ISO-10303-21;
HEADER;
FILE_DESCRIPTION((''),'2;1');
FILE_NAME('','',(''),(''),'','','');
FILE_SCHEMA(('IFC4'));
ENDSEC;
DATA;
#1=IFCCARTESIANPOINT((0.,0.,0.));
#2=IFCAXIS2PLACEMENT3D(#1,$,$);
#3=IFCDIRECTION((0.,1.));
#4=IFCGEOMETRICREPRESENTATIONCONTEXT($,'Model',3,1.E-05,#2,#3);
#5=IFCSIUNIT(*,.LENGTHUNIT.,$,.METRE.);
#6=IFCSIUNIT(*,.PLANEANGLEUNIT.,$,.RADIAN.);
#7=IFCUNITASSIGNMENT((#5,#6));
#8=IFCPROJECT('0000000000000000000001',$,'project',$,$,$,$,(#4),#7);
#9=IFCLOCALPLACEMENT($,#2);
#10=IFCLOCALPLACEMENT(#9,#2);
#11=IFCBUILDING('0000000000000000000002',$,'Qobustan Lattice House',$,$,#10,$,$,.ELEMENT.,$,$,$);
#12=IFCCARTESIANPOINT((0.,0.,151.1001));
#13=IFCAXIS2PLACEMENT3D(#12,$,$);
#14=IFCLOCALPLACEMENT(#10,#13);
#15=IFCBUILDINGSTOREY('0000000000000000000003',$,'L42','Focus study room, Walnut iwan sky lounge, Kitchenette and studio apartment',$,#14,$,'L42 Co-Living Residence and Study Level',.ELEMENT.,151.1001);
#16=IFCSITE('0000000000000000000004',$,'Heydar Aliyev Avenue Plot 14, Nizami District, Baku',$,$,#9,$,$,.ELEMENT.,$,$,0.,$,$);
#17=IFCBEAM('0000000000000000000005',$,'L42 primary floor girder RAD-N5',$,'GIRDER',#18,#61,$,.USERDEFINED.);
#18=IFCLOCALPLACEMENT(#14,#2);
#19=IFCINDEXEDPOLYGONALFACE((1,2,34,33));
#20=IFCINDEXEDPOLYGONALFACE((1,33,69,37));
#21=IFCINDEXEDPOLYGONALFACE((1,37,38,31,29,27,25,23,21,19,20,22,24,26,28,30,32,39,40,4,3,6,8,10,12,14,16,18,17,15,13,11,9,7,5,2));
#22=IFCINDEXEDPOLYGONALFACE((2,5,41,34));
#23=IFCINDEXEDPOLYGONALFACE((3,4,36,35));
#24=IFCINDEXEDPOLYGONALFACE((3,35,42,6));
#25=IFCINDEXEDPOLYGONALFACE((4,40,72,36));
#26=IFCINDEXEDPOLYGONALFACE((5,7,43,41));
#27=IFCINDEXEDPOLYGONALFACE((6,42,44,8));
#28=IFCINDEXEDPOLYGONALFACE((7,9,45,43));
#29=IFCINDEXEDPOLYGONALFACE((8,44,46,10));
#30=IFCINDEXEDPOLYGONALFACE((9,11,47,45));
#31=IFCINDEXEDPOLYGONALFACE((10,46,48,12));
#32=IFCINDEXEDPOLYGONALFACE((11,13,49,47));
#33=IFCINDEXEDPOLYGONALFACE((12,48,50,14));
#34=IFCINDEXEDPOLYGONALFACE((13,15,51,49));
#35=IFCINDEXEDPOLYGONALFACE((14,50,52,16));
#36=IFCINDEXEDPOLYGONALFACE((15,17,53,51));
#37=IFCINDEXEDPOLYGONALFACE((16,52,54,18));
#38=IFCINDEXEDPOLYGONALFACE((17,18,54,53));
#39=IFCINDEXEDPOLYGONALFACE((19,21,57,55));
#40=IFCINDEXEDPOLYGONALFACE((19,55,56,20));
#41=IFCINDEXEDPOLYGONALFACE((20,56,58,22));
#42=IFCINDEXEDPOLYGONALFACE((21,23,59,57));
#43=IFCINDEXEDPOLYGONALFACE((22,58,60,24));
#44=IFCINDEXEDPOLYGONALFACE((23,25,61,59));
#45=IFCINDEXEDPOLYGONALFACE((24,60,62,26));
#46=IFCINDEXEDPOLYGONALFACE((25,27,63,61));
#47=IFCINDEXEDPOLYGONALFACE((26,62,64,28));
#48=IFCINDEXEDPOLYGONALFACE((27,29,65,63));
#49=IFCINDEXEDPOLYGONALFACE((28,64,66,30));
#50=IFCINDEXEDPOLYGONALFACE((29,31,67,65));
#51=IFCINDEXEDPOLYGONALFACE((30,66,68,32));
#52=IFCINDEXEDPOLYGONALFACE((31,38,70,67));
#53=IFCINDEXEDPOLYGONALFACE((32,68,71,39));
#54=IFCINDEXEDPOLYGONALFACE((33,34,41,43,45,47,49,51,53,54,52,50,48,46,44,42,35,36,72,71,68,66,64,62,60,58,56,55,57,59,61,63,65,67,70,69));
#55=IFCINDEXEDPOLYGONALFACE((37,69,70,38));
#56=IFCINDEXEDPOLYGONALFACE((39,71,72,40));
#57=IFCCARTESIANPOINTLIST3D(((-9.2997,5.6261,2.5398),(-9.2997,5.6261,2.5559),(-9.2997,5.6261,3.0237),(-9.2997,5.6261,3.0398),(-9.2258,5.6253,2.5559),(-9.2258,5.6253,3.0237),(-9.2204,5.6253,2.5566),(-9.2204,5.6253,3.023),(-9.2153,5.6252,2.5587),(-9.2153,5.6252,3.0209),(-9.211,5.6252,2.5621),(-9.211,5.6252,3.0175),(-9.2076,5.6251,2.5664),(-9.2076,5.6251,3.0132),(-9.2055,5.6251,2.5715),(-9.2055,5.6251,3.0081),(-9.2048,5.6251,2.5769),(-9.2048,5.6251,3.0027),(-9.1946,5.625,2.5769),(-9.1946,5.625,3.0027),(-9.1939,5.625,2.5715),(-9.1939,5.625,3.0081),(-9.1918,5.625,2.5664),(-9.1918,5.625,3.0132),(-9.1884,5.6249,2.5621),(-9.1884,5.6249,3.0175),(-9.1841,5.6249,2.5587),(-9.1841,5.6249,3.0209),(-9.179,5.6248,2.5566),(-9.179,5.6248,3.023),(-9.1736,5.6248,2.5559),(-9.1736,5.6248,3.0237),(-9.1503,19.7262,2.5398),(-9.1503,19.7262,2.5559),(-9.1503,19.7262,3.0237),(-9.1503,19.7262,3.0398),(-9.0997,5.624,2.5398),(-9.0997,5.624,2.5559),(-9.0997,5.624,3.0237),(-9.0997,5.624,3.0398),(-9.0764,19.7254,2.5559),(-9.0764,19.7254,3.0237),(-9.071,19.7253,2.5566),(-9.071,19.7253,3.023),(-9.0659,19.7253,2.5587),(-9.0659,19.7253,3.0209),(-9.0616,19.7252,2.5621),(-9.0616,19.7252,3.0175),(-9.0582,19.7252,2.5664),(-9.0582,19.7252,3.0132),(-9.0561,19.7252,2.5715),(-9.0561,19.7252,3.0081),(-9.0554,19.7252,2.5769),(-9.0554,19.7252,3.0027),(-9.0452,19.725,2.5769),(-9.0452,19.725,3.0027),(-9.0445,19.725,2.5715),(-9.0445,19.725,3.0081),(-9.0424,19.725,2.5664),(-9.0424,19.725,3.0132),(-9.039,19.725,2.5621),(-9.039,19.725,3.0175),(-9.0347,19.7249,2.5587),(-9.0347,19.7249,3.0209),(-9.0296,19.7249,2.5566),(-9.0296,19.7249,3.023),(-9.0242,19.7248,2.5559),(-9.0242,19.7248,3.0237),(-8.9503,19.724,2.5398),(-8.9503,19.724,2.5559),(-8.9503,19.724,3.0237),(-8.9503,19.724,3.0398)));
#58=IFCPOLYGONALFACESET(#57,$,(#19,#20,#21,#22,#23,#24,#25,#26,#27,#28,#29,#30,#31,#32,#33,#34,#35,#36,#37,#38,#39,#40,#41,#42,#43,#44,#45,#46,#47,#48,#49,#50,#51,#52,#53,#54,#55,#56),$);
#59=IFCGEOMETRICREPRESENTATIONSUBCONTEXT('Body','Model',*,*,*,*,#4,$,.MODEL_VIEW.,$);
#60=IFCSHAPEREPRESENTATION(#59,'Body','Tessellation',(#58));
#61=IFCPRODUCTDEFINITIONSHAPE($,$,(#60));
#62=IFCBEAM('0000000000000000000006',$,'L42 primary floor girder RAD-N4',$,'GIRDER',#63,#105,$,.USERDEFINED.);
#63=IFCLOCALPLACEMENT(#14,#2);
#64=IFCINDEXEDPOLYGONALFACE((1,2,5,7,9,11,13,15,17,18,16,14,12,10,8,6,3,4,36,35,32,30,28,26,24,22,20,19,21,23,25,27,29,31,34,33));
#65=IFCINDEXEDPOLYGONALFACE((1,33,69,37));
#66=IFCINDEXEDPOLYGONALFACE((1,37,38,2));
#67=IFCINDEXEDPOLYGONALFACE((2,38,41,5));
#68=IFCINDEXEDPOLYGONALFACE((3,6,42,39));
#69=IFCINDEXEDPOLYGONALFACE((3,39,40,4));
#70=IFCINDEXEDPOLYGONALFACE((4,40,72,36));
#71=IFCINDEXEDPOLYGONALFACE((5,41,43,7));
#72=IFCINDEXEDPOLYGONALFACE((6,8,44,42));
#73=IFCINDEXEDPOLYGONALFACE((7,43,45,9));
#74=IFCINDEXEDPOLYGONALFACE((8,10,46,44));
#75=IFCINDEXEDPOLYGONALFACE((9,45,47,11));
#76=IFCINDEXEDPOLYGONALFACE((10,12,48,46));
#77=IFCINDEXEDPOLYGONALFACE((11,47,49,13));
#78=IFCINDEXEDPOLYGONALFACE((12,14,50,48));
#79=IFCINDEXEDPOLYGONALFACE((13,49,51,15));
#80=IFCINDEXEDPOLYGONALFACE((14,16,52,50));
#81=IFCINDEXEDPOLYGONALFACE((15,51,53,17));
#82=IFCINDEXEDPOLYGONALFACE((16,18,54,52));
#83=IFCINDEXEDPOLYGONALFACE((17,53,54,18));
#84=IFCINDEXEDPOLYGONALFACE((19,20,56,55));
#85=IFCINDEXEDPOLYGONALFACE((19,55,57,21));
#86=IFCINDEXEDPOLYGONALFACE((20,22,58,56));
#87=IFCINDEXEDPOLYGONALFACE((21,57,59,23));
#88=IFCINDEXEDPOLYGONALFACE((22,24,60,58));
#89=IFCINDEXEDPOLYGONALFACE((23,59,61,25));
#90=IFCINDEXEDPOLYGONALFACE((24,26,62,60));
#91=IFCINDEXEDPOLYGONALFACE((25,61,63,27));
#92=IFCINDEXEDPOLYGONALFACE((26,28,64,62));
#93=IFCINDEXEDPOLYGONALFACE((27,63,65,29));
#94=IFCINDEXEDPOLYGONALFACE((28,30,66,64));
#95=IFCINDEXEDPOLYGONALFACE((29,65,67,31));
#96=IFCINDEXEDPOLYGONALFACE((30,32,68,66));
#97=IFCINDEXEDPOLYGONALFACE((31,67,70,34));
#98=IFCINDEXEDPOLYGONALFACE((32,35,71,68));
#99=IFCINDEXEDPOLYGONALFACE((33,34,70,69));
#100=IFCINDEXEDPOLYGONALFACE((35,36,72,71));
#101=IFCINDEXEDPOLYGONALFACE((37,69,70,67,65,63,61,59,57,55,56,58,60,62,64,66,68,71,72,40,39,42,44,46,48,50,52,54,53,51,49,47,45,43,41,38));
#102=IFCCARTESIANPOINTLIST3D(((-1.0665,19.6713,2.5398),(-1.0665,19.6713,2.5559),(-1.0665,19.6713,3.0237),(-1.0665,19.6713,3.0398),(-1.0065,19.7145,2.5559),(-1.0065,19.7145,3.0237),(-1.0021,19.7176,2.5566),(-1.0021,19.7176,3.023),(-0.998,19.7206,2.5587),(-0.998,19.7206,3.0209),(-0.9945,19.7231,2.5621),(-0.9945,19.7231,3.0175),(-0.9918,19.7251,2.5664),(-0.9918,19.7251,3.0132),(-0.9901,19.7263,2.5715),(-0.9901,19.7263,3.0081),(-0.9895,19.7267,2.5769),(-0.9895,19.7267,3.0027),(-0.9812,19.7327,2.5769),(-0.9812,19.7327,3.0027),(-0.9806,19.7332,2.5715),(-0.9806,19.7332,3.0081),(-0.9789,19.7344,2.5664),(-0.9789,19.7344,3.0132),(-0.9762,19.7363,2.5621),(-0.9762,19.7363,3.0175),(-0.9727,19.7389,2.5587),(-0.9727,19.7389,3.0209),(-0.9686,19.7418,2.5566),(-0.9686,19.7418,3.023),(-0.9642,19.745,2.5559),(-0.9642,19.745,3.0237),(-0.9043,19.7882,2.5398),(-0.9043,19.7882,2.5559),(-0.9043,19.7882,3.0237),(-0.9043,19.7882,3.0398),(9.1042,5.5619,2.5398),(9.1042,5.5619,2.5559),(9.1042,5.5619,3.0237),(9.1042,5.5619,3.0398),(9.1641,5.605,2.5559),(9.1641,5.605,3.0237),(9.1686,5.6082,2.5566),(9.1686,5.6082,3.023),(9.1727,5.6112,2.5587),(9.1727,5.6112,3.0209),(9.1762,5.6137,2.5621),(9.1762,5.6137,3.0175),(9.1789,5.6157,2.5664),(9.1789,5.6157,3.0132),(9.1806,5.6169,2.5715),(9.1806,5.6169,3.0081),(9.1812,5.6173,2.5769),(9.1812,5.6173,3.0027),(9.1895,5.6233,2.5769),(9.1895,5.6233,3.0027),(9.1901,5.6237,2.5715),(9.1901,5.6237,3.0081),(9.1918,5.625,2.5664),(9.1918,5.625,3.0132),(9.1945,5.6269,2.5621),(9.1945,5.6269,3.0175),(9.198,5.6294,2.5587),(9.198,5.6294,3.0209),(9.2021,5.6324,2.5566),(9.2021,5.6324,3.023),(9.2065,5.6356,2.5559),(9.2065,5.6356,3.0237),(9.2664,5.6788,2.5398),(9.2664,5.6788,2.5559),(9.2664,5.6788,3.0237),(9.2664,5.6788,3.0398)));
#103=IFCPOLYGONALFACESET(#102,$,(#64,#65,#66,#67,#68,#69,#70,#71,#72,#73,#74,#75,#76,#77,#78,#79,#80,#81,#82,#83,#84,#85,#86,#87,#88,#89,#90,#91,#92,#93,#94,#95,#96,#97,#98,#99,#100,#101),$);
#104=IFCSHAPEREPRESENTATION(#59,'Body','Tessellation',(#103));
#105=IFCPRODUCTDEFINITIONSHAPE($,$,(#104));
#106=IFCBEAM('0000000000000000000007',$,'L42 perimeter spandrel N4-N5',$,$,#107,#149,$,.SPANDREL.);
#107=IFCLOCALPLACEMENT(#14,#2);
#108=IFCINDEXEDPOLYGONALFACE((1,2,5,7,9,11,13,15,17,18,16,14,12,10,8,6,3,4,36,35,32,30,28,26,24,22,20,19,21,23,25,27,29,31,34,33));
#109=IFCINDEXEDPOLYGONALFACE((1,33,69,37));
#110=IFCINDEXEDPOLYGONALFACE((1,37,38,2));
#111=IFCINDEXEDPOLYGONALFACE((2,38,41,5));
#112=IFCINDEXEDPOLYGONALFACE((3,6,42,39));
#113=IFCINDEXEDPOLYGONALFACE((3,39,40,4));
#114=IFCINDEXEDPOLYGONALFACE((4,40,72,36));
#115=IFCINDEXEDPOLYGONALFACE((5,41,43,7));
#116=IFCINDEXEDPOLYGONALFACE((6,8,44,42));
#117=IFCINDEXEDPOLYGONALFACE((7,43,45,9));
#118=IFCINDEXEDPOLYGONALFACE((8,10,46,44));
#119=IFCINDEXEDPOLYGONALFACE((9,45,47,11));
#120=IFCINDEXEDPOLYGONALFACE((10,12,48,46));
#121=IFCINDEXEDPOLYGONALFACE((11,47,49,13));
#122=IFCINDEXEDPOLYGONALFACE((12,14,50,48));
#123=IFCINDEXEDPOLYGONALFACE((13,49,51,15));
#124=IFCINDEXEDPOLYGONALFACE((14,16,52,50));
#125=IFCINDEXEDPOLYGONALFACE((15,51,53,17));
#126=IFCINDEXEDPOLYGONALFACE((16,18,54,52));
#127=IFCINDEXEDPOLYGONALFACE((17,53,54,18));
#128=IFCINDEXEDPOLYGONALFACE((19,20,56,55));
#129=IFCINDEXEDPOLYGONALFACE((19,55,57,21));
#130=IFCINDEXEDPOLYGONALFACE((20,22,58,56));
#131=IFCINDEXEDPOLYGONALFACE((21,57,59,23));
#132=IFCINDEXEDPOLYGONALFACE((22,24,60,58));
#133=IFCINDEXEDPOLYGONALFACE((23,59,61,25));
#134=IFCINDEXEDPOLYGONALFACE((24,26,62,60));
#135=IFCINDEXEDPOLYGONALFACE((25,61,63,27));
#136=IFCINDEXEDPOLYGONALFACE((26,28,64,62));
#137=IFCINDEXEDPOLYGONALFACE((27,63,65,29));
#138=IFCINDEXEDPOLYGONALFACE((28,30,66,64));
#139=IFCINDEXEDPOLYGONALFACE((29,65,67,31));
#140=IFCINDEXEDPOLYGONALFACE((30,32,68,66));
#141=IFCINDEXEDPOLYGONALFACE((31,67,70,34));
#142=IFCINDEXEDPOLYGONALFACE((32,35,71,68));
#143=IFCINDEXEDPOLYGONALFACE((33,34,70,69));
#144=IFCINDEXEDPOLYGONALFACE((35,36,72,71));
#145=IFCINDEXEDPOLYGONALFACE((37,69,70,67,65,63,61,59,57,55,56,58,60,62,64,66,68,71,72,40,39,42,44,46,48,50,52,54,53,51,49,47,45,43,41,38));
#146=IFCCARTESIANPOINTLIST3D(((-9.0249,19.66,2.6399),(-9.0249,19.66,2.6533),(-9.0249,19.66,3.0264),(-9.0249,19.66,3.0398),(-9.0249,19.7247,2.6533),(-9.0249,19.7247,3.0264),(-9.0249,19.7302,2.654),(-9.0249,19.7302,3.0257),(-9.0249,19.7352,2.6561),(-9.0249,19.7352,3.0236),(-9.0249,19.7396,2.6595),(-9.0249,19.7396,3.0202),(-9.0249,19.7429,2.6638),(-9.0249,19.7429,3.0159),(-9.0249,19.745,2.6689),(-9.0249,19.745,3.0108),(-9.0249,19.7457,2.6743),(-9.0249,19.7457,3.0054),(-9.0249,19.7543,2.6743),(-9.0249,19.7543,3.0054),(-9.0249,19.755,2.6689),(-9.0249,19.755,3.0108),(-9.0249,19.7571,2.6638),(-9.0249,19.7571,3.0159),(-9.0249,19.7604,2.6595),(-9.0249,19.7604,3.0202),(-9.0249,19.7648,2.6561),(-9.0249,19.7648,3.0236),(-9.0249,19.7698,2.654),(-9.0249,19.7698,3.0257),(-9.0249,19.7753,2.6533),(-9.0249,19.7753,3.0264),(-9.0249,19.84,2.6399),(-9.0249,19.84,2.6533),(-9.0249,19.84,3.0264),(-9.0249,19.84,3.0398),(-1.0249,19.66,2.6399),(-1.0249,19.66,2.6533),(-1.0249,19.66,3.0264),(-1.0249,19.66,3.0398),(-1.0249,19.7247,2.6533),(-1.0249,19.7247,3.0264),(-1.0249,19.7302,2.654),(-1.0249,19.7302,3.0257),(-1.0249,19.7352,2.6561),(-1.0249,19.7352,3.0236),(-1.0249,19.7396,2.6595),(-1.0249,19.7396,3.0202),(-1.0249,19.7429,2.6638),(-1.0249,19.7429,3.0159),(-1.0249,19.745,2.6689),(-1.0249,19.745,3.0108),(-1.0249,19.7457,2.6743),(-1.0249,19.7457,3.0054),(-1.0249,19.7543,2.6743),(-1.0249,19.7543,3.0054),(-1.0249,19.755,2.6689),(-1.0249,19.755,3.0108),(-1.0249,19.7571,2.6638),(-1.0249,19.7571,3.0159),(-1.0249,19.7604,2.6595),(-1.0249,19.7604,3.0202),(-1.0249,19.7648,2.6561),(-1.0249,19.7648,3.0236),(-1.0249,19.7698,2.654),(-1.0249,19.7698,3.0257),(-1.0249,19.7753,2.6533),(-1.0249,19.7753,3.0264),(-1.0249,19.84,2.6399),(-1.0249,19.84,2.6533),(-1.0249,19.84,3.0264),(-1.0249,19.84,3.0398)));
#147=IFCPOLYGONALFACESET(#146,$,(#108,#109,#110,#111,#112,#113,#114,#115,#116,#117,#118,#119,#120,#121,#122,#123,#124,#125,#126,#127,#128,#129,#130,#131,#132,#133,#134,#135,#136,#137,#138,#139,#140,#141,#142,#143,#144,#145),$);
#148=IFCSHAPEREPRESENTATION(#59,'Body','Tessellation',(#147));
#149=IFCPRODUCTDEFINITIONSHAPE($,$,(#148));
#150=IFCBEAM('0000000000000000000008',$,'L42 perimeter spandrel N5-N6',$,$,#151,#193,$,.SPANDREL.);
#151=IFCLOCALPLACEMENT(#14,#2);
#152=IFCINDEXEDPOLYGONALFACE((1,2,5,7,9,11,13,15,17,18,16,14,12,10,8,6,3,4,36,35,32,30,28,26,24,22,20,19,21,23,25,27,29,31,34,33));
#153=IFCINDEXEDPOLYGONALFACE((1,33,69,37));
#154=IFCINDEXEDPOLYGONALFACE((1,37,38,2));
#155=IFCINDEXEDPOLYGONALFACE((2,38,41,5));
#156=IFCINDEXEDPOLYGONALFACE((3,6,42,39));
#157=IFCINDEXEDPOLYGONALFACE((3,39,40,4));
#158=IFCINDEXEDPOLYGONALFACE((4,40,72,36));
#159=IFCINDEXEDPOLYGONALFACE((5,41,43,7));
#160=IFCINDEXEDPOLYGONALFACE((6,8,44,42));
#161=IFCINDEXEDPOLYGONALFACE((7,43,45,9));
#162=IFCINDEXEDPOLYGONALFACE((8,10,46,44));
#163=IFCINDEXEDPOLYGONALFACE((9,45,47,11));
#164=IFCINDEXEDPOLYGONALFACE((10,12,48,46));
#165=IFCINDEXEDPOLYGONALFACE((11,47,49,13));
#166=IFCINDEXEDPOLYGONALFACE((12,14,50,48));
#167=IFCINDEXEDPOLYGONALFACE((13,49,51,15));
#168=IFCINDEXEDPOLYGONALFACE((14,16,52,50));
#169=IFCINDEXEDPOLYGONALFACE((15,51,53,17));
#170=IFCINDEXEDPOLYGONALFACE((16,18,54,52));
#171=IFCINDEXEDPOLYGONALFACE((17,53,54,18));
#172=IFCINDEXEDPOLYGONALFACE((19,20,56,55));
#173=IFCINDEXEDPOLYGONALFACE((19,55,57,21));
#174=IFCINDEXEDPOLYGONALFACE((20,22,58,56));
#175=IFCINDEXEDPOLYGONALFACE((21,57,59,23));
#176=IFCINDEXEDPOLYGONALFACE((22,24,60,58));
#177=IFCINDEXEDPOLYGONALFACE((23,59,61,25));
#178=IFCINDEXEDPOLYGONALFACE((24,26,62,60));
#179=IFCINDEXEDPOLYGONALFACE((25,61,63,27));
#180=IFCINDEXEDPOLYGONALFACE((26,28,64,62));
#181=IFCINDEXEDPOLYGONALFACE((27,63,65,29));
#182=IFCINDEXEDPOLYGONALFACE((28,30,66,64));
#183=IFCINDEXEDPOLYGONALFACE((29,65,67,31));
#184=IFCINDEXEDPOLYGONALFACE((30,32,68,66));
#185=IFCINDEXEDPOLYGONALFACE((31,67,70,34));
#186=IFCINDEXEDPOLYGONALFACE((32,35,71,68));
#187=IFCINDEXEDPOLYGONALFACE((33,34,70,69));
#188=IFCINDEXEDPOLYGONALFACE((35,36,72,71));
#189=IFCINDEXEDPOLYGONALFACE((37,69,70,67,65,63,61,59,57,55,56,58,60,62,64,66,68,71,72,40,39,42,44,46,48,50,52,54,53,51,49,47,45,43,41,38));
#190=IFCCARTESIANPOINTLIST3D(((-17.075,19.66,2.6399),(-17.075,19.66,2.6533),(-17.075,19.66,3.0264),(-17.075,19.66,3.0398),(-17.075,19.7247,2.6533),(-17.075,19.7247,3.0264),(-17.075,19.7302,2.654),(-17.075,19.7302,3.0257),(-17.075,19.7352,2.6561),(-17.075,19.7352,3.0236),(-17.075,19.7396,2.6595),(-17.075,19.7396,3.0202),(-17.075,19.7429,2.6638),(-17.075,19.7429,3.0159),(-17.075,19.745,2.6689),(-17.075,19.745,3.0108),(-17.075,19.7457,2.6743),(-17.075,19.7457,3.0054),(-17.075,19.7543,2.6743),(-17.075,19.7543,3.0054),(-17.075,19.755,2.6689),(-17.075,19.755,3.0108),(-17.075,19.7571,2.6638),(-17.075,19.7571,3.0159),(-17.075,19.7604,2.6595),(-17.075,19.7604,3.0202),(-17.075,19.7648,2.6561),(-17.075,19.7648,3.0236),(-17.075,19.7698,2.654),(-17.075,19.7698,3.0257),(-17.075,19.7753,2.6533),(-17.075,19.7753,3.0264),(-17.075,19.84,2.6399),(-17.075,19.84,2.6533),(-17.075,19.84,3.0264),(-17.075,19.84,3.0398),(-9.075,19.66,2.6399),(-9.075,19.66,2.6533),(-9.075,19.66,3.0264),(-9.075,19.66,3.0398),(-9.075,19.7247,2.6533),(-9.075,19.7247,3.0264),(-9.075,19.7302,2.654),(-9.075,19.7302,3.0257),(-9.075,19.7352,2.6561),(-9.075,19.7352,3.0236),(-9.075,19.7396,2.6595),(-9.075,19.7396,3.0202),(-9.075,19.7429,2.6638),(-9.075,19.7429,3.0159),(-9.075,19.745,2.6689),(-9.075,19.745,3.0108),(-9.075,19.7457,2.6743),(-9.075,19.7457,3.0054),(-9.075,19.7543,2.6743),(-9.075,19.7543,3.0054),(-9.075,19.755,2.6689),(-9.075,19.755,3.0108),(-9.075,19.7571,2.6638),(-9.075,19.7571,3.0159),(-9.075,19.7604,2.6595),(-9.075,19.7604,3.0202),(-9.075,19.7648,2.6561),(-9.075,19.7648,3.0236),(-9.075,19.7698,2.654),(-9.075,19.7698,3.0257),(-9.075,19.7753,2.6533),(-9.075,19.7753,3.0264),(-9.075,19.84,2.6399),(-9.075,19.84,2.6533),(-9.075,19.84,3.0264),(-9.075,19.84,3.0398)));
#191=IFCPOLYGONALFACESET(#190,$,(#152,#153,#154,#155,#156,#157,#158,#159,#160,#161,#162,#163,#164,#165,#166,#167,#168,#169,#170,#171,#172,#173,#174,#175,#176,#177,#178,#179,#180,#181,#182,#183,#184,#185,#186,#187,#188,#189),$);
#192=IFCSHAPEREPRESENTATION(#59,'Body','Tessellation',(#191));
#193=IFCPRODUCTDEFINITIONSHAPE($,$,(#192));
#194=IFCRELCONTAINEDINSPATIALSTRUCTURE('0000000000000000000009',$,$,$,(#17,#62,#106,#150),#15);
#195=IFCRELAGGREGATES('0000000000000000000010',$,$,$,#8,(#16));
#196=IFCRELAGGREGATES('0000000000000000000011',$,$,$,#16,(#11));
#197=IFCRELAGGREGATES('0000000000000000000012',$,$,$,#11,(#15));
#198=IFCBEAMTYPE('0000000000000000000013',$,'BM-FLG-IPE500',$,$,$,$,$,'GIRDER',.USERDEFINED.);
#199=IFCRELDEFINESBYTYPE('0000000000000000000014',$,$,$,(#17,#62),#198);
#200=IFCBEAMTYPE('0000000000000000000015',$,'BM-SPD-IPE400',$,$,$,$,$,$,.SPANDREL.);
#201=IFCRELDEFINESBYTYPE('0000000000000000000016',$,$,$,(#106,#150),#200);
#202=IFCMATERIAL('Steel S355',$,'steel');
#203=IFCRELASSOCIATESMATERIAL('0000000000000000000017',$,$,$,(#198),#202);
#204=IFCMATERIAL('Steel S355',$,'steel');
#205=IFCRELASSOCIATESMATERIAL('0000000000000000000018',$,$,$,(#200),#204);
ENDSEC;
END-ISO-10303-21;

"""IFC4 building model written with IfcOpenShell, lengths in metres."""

from ifc_helpers import new_model, si_unit, direction, frame, origin, origin_2d, place, context, subcontext, project, spatial, i_section, extrude, material, material_profile, profile_set, type_object, element, save


model = new_model("IFC4")

# Units and contexts
model_context = context("Model", 3, precision=1e-05, world=origin(), true_north=direction((0.0, 1.0)))
body_context = subcontext(model_context, "Body", "Model", "MODEL_VIEW")
ifc_project = project(units=[si_unit("LENGTHUNIT", "METRE"), si_unit("PLANEANGLEUNIT", "RADIAN")], contexts=[model_context])

# Site, building, storey
site_placement = place(None, origin())
site = spatial("IfcSite", under=ifc_project, at=site_placement, Name="Heydar Aliyev Avenue Plot 14, Nizami District, Baku", CompositionType="ELEMENT", RefElevation=0.0)
building_placement = place(site_placement, origin())
building = spatial("IfcBuilding", under=site, at=building_placement, Name="Qobustan Lattice House", CompositionType="ELEMENT")
storey_placement = place(building_placement, frame((0.0, 0.0, 151.1001)))
storey = spatial("IfcBuildingStorey", under=building, at=storey_placement, Name="L42", Description="Focus study room, Walnut iwan sky lounge, Kitchenette and studio apartment", LongName="L42 Co-Living Residence and Study Level", CompositionType="ELEMENT", Elevation=151.1001)

# Beams
ifc_material_1 = material(Name="Steel S355", Category="steel")
ifc_material_profile_1 = material_profile(ifc_material_1, i_section(OverallWidth=0.2, OverallDepth=0.5, WebThickness=0.0103, FlangeThickness=0.0161, FilletRadius=0.021, at=origin_2d()), Name="IPE500")
ifc_profile_set_1 = profile_set([ifc_material_profile_1], Name="Steel S355")
beam_type_1 = type_object("IfcBeamType", Name="BM-FLG-IPE500", ElementType="GIRDER", PredefinedType="USERDEFINED", material=ifc_profile_set_1)
beam_1_placement = place(storey_placement, frame((-9.0503, 19.7251, 2.7898), z_axis=(-0.010596, -0.999944, 0.0), x_axis=(0.999944, -0.010596, 0.0)))
element("IfcBeam", 1, at=beam_1_placement, inside=storey, type_object=beam_type_1, Name="L42 primary floor girder RAD-N5", ObjectType="GIRDER", PredefinedType="USERDEFINED", context=body_context, shape_type="SweptSolid", body=[
    extrude(i_section(OverallWidth=0.2, OverallDepth=0.5, WebThickness=0.0103, FlangeThickness=0.0161, FilletRadius=0.021, at=origin_2d()), origin(), (0.0, 0.0, 1.0), 14.1008),
])
beam_2_placement = place(storey_placement, frame((-0.9854, 19.7297, 2.7898), z_axis=(0.584755, -0.81121, 0.0), x_axis=(0.81121, 0.584755, 0.0)))
element("IfcBeam", 2, at=beam_2_placement, inside=storey, type_object=beam_type_1, Name="L42 primary floor girder RAD-N4", ObjectType="GIRDER", PredefinedType="USERDEFINED", context=body_context, shape_type="SweptSolid", body=[
    extrude(i_section(OverallWidth=0.2, OverallDepth=0.5, WebThickness=0.0103, FlangeThickness=0.0161, FilletRadius=0.021, at=origin_2d()), origin(), (0.0, 0.0, 1.0), 17.3931),
])
ifc_material_2 = material(Name="Steel S355", Category="steel")
ifc_material_profile_2 = material_profile(ifc_material_2, i_section(OverallWidth=0.1799, OverallDepth=0.3999, WebThickness=0.0085, FlangeThickness=0.0134, FilletRadius=0.021, at=origin_2d()), Name="IPE400")
ifc_profile_set_2 = profile_set([ifc_material_profile_2], Name="Steel S355")
beam_type_2 = type_object("IfcBeamType", Name="BM-SPD-IPE400", PredefinedType="SPANDREL", material=ifc_profile_set_2)
for number, where, z_axis, x_axis, name in (
    (3, (-1.0249, 19.75, 2.8398), (-1.0, 0.0, 0.0), (0.0, -1.0, 0.0), "L42 perimeter spandrel N4-N5"),
    (4, (-9.075, 19.75, 2.8398), (-1.0, 0.0, 0.0), (0.0, -1.0, 0.0), "L42 perimeter spandrel N5-N6"),
):
    element("IfcBeam", number, at=place(storey_placement, frame(where, z_axis=z_axis, x_axis=x_axis)), inside=storey, type_object=beam_type_2, Name=name, PredefinedType="SPANDREL", context=body_context, shape_type="SweptSolid", body=[
        extrude(i_section(OverallWidth=0.1799, OverallDepth=0.3999, WebThickness=0.0085, FlangeThickness=0.0134, FilletRadius=0.021, at=origin_2d()), origin(), (0.0, 0.0, 1.0), 8.0),
    ])

save(model, "model.ifc")
